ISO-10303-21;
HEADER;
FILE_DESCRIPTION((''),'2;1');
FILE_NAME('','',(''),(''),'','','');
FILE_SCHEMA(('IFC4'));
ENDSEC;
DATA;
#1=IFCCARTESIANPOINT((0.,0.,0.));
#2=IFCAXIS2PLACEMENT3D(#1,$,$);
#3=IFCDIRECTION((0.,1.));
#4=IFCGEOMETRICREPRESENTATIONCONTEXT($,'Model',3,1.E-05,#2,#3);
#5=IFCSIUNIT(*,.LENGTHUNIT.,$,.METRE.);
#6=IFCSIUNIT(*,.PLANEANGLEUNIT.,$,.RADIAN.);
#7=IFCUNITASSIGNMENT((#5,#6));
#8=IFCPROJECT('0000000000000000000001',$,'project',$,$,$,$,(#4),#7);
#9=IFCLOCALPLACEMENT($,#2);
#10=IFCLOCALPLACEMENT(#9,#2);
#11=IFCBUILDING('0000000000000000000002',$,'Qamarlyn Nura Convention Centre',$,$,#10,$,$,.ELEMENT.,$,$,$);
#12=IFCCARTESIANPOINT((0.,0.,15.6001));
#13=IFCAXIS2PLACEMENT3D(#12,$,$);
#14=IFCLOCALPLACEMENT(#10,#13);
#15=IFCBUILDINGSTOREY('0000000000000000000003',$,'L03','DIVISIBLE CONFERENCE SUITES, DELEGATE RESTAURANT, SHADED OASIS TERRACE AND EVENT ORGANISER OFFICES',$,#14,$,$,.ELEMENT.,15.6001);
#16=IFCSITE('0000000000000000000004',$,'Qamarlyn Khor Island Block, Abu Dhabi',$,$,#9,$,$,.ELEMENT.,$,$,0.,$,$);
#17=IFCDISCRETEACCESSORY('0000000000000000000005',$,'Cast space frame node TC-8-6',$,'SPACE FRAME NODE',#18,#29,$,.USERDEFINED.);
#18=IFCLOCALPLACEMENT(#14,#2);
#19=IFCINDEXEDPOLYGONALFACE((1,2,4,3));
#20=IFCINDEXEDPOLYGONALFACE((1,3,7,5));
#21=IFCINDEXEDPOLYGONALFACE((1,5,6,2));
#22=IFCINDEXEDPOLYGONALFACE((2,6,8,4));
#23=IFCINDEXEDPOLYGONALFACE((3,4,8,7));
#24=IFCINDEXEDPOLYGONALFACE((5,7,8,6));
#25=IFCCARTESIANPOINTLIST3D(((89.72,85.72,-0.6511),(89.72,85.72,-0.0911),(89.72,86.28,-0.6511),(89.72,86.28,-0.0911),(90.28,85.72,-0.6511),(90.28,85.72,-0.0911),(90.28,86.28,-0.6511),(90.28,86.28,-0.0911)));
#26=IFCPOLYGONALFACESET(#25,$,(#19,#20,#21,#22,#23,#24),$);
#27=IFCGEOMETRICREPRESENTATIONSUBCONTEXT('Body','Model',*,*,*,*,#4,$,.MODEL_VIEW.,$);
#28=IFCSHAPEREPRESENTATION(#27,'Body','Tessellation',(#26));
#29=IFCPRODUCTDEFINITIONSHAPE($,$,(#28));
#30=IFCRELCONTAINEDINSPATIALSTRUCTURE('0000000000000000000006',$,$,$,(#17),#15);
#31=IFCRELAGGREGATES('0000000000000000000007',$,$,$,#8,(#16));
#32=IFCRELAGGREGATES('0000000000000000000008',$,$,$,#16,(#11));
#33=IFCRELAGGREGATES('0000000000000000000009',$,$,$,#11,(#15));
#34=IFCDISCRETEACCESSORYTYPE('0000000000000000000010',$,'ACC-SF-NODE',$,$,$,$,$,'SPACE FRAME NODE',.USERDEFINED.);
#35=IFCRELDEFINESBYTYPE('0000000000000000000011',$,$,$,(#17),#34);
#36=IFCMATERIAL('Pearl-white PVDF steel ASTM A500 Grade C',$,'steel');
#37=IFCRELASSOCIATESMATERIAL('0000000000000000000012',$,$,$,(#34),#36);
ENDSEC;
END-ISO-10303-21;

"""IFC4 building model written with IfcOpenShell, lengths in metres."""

from ifc_helpers import new_model, si_unit, direction, frame, origin, origin_2d, place, context, subcontext, project, spatial, rectangle, extrude, material, type_object, element, save


model = new_model("IFC4")

# Units and contexts
model_context = context("Model", 3, precision=1e-05, world=origin(), true_north=direction((0.0, 1.0)))
body_context = subcontext(model_context, "Body", "Model", "MODEL_VIEW")
ifc_project = project(units=[si_unit("LENGTHUNIT", "METRE"), si_unit("PLANEANGLEUNIT", "RADIAN")], contexts=[model_context])

# Site, building, storey
site_placement = place(None, origin())
site = spatial("IfcSite", under=ifc_project, at=site_placement, Name="Qamarlyn Khor Island Block, Abu Dhabi", CompositionType="ELEMENT", RefElevation=0.0)
building_placement = place(site_placement, origin())
building = spatial("IfcBuilding", under=site, at=building_placement, Name="Qamarlyn Nura Convention Centre", CompositionType="ELEMENT")
storey_placement = place(building_placement, frame((0.0, 0.0, 15.6001)))
storey = spatial("IfcBuildingStorey", under=building, at=storey_placement, Name="L03", Description="DIVISIBLE CONFERENCE SUITES, DELEGATE RESTAURANT, SHADED OASIS TERRACE AND EVENT ORGANISER OFFICES", CompositionType="ELEMENT", Elevation=15.6001)

# Shared definitions
ifc_material_1 = material(Name="Pearl-white PVDF steel ASTM A500 Grade C", Category="steel")

# Discrete accessory
discrete_accessory_type = type_object("IfcDiscreteAccessoryType", Name="ACC-SF-NODE", ElementType="SPACE FRAME NODE", PredefinedType="USERDEFINED", material=ifc_material_1)
for number, where, z_axis, x_axis, name in (
    (1, (90.0, 86.0, -0.6511), (0.0, 0.0, 1.0), (1.0, 0.0, 0.0), "Cast space frame node TC-8-6"),
):
    element("IfcDiscreteAccessory", number, at=place(storey_placement, frame(where, z_axis=z_axis, x_axis=x_axis)), inside=storey, type_object=discrete_accessory_type, Name=name, ObjectType="SPACE FRAME NODE", PredefinedType="USERDEFINED", context=body_context, shape_type="SweptSolid", body=[
        extrude(rectangle(XDim=0.5601, YDim=0.5601, at=origin_2d()), origin(), (0.0, 0.0, 1.0), 0.5601),
    ])

save(model, "model.ifc")
